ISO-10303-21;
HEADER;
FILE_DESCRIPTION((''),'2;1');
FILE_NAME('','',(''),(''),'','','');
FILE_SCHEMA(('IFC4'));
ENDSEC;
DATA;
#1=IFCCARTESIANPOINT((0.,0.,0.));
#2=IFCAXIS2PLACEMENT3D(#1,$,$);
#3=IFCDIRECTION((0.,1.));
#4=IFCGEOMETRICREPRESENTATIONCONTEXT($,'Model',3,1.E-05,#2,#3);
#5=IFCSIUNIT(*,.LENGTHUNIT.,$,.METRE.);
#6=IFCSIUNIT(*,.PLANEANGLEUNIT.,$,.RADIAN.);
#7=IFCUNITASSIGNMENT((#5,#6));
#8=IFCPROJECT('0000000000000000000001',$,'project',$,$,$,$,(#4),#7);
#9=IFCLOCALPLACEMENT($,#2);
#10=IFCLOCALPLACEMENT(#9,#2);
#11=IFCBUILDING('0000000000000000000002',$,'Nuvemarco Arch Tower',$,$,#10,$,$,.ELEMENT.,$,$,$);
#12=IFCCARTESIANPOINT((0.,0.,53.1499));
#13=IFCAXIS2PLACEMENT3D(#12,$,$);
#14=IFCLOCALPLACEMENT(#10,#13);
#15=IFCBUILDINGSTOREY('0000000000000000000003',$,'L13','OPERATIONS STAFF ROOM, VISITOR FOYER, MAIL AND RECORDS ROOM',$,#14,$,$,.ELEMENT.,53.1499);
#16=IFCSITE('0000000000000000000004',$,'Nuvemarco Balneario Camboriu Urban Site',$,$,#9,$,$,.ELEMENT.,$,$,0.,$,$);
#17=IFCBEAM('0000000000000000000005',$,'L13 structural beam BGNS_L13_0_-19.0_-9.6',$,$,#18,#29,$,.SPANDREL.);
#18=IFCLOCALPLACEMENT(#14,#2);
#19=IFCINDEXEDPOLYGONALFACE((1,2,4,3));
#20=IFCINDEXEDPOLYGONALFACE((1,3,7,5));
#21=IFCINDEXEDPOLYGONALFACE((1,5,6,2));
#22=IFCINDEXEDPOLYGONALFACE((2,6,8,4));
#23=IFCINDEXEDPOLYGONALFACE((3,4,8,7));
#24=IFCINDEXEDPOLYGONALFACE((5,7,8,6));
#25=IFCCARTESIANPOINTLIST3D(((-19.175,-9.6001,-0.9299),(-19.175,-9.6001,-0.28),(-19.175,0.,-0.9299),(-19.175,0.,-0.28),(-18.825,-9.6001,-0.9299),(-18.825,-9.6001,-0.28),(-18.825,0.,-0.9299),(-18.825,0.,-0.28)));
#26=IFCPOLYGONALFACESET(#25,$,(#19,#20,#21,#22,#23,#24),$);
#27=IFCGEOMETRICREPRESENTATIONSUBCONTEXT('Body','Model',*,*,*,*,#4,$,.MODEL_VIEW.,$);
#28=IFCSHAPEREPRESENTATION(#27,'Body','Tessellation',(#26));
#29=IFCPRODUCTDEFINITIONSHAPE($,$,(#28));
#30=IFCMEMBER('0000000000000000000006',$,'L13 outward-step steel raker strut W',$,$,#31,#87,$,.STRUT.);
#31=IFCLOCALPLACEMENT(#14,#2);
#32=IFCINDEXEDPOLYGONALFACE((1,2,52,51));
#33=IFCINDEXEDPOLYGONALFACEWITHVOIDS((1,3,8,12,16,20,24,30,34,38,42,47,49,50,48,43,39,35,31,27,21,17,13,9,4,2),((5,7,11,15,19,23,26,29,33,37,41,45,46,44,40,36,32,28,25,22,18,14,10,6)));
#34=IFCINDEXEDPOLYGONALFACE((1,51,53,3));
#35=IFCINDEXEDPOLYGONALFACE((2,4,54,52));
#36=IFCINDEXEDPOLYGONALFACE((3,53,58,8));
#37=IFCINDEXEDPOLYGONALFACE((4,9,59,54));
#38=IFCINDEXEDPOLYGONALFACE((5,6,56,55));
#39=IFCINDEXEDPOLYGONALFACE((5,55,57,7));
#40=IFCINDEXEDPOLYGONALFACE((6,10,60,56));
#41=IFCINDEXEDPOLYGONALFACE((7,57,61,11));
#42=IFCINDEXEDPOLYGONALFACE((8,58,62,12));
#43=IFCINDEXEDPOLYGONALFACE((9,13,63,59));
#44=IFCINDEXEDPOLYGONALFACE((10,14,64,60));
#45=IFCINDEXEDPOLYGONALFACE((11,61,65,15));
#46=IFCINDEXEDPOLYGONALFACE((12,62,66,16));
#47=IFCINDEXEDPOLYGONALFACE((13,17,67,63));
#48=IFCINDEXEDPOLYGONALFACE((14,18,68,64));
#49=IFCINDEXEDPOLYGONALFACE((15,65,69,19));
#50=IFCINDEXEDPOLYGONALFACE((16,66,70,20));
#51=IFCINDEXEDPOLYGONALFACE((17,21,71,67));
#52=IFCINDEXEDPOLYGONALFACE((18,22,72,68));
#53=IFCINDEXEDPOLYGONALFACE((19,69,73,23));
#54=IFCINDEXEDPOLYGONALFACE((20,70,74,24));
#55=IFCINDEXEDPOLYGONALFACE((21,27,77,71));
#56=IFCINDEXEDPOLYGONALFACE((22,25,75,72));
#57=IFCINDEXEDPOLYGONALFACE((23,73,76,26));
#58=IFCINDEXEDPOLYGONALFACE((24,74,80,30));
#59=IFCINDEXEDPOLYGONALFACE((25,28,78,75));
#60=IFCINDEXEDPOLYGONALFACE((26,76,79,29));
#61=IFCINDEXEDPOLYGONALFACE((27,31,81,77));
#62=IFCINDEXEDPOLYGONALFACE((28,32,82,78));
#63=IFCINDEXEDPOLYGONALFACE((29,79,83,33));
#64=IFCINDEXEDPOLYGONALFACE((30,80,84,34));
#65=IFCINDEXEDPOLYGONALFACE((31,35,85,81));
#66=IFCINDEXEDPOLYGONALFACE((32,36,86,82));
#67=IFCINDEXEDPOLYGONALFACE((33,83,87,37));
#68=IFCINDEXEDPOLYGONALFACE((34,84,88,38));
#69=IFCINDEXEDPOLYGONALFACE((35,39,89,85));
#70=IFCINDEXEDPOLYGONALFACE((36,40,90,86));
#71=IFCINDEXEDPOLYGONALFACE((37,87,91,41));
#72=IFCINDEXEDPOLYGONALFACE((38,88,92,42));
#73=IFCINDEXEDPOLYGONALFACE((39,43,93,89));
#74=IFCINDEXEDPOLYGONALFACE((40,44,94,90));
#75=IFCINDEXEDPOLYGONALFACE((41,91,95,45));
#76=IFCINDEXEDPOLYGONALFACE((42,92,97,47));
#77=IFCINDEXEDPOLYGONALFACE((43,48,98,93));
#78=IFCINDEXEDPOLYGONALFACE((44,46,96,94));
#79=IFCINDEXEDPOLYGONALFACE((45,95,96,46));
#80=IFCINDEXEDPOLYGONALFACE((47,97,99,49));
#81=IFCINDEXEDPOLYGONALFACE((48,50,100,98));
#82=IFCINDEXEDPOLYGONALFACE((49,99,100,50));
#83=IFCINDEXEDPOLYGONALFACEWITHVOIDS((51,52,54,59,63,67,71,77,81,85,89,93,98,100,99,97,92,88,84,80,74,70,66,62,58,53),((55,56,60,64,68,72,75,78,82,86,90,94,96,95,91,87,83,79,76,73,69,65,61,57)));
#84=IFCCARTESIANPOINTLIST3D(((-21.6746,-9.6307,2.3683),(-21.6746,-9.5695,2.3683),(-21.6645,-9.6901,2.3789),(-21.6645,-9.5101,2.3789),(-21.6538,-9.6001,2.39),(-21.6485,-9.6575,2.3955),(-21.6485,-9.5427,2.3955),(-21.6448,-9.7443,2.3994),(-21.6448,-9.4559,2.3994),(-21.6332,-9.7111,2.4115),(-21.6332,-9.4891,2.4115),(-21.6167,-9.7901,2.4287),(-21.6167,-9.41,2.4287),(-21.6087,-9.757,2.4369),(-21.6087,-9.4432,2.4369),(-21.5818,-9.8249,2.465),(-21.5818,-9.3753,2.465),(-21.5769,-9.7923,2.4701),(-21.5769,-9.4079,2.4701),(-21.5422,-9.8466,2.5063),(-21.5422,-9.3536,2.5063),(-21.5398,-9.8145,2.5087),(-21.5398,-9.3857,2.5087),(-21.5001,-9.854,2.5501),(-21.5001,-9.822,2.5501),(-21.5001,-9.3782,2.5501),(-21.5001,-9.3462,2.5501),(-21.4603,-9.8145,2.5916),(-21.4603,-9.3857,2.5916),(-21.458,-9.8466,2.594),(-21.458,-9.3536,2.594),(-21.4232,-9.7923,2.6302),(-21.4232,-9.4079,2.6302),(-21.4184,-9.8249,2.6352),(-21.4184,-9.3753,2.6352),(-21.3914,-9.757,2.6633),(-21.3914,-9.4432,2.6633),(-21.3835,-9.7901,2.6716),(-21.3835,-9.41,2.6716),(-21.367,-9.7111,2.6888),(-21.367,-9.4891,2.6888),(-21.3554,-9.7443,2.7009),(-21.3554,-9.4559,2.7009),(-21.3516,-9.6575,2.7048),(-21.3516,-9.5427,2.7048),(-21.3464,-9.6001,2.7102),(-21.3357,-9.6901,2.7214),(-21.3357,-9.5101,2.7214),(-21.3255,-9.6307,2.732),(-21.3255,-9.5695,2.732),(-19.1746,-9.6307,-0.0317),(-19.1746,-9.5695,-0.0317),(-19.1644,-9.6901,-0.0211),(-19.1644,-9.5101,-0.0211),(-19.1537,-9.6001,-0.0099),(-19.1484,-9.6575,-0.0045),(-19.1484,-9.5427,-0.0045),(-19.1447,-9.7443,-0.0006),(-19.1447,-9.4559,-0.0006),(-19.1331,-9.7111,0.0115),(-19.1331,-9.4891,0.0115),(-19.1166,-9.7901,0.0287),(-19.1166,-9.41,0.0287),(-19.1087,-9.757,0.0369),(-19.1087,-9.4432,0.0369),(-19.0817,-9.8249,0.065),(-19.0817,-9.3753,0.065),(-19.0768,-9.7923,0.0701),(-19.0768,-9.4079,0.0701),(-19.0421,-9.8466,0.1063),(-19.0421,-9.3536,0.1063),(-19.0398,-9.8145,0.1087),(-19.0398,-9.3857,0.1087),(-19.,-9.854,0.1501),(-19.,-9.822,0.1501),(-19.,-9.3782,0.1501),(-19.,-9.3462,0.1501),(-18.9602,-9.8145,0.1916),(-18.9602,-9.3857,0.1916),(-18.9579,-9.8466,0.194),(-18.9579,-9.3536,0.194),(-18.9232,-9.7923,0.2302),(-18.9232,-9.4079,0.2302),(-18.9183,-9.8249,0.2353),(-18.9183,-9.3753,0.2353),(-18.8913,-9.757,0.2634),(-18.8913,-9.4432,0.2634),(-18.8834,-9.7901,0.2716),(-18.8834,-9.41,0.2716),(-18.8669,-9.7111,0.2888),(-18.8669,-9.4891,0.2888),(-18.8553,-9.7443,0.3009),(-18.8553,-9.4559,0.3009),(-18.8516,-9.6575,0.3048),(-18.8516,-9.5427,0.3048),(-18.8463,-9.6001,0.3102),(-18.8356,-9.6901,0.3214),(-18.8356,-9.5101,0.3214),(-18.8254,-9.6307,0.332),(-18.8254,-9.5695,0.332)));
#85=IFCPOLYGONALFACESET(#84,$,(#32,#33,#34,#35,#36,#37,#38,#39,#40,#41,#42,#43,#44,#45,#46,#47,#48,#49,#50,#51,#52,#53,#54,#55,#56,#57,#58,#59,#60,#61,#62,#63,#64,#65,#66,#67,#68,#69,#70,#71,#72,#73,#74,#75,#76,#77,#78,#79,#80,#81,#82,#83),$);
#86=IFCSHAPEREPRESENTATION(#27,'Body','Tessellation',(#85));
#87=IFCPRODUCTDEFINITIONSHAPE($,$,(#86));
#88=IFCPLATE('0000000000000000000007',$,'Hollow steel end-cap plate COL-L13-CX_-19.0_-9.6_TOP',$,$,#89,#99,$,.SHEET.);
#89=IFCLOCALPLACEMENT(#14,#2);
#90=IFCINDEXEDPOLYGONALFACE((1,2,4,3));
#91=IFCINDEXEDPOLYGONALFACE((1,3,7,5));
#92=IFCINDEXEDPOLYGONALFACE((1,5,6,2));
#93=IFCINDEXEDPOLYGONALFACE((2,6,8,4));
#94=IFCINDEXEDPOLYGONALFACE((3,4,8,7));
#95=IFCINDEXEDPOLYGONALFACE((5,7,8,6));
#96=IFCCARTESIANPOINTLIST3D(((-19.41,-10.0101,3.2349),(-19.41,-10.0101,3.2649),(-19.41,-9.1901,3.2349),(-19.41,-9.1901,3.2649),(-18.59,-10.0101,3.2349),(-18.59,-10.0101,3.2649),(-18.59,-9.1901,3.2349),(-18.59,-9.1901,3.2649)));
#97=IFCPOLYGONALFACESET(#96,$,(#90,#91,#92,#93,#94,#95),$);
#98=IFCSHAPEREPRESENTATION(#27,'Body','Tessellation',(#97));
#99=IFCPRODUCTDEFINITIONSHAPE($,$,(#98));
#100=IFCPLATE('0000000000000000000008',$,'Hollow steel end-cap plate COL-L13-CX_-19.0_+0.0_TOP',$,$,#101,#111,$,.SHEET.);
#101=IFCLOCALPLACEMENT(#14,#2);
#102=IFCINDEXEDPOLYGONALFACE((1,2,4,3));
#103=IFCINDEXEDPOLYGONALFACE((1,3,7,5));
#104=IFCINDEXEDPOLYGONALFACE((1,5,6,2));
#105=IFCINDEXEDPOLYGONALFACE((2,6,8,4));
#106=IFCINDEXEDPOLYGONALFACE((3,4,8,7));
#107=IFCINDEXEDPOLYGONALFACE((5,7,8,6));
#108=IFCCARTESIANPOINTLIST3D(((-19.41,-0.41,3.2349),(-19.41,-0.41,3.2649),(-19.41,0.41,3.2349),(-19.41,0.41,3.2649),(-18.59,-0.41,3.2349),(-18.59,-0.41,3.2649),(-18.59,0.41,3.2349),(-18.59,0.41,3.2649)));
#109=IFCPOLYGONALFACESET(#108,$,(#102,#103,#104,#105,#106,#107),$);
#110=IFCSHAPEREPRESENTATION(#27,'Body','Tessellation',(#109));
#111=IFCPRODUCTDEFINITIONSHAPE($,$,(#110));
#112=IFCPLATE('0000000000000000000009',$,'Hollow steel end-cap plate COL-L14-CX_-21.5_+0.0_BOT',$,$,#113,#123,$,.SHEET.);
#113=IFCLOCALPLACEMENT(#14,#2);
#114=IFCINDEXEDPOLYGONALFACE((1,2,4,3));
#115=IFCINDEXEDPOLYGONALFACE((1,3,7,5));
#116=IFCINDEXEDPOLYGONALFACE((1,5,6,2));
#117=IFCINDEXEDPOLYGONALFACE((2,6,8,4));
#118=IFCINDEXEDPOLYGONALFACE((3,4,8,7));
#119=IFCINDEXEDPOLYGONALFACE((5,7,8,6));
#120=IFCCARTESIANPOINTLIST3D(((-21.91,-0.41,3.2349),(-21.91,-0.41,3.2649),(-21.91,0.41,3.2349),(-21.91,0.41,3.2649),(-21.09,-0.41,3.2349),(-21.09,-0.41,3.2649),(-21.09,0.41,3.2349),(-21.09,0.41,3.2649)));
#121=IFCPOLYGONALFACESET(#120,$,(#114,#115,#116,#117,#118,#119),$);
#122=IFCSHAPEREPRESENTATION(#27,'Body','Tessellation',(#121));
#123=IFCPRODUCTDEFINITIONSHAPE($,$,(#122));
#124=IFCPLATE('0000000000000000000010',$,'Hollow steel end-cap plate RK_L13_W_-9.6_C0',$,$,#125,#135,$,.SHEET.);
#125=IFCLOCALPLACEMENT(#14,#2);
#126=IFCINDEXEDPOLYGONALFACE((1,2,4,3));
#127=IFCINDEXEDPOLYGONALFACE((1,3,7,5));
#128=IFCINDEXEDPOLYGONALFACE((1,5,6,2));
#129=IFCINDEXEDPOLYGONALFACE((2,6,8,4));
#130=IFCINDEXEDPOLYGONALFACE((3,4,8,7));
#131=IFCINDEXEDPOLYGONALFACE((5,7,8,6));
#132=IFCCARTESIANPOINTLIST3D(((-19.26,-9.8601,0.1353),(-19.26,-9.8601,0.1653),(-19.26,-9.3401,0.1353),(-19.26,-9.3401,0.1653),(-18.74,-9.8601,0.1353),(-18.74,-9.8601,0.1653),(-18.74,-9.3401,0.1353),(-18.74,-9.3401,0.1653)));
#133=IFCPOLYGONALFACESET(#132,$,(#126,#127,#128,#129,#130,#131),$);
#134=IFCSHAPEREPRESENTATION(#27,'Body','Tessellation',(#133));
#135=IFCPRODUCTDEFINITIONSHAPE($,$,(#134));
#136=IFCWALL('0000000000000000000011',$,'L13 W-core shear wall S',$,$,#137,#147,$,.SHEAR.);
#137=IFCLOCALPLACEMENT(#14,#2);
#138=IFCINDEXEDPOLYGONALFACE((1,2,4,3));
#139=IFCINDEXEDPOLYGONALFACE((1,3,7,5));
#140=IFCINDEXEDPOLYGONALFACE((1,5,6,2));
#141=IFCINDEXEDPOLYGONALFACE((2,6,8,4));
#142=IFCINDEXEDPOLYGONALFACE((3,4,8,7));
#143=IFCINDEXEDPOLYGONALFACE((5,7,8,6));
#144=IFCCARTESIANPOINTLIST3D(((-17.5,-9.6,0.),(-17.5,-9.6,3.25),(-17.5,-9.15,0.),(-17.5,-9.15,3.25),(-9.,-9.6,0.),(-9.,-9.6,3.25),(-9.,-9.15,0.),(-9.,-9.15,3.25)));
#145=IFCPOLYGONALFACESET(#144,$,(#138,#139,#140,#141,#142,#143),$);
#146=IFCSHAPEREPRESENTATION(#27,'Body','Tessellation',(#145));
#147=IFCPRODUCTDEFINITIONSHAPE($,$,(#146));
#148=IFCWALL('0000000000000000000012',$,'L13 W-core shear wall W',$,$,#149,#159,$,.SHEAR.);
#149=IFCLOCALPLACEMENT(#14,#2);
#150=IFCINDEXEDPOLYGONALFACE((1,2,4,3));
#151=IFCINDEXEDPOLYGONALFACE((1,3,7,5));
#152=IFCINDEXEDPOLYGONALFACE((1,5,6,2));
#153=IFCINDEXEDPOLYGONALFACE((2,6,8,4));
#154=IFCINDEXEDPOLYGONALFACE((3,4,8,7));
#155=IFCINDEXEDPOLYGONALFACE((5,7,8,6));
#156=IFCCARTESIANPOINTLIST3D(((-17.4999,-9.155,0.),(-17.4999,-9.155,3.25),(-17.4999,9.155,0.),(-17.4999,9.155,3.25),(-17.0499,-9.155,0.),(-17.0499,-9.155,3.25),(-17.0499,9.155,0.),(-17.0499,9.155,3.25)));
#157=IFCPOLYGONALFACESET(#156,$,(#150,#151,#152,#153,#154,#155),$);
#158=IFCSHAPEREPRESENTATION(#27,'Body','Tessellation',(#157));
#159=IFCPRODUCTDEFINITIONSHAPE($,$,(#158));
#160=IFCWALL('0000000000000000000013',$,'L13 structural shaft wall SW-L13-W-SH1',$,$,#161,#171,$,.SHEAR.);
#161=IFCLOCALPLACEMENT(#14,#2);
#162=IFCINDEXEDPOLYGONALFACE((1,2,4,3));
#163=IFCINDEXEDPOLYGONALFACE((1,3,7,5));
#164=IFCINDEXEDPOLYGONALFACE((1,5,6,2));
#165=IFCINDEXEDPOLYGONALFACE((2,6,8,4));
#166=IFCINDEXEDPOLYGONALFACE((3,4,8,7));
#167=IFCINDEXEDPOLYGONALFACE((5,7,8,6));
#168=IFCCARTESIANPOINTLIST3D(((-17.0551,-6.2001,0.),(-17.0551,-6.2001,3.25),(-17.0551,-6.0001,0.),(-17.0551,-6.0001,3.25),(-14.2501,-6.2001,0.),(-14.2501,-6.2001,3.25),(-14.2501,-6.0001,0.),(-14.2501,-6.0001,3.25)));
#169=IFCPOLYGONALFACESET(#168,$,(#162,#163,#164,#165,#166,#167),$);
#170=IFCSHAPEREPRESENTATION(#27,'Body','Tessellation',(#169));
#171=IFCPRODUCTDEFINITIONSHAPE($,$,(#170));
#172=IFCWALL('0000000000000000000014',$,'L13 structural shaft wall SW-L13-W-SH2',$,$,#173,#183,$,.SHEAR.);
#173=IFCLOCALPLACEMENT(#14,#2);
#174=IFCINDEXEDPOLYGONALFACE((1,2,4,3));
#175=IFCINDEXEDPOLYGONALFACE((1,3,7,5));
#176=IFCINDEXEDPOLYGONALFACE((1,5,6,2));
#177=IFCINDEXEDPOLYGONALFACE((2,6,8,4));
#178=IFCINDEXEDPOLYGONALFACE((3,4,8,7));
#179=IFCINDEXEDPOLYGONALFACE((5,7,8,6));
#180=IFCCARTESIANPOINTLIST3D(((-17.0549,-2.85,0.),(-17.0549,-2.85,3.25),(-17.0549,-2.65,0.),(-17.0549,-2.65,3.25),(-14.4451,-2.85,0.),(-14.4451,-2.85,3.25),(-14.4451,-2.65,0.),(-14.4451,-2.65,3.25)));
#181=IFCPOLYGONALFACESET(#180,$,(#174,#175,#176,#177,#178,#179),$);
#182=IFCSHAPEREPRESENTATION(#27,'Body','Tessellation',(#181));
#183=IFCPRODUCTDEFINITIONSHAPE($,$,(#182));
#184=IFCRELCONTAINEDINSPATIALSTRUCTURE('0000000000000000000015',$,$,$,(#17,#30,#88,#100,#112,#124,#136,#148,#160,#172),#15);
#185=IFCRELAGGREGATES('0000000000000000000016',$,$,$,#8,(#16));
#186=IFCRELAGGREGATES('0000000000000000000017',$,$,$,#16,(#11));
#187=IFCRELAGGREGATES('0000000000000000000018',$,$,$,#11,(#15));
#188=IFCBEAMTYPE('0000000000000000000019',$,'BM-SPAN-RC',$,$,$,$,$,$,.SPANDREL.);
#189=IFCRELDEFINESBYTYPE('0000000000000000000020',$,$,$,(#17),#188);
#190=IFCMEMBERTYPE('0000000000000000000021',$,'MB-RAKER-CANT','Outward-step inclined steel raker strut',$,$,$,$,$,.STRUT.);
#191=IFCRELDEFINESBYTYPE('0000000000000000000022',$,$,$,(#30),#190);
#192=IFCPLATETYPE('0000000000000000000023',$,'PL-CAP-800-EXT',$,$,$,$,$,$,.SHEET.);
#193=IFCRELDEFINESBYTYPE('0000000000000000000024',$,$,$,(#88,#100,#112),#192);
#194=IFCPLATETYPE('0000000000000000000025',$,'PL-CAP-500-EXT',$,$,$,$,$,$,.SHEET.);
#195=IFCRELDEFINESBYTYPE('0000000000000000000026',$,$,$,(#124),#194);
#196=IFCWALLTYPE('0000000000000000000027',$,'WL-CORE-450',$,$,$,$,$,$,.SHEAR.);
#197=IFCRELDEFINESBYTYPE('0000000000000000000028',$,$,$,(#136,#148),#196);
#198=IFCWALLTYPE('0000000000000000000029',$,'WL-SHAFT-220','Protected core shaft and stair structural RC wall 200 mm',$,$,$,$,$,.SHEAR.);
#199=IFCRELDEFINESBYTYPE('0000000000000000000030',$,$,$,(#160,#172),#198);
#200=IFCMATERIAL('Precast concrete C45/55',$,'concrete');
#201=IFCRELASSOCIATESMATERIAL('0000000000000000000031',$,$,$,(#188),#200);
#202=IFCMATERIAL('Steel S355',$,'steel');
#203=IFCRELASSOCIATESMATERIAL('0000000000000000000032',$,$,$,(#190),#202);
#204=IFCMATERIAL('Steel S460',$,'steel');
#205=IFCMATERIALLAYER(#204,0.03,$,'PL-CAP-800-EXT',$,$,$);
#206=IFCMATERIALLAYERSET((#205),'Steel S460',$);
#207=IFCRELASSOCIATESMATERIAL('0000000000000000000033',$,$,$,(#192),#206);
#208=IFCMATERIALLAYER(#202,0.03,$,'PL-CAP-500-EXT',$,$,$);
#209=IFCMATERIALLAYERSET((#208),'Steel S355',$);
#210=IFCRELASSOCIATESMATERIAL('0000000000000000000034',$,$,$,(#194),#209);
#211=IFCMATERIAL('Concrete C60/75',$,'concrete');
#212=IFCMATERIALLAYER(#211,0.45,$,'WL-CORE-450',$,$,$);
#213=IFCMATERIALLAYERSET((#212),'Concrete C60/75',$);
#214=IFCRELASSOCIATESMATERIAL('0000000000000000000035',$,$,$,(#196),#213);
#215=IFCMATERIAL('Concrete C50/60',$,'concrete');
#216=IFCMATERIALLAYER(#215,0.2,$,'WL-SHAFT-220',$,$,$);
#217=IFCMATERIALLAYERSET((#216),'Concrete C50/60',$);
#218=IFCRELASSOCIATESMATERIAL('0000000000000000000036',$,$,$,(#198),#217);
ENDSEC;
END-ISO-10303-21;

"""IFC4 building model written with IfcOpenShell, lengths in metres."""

from ifc_helpers import new_model, si_unit, direction, frame, frame_2d, origin, origin_2d, place, context, subcontext, project, spatial, rectangle, hollow_circle, extrude, source, transform, mapped, material, layer, layer_set, material_profile, profile_set, type_object, type_shapes, element, save


model = new_model("IFC4")

# Units and contexts
model_context = context("Model", 3, precision=1e-05, world=origin(), true_north=direction((0.0, 1.0)))
body_context = subcontext(model_context, "Body", "Model", "MODEL_VIEW")
ifc_project = project(units=[si_unit("LENGTHUNIT", "METRE"), si_unit("PLANEANGLEUNIT", "RADIAN")], contexts=[model_context])

# Site, building, storey
site_placement = place(None, origin())
site = spatial("IfcSite", under=ifc_project, at=site_placement, Name="Nuvemarco Balneario Camboriu Urban Site", CompositionType="ELEMENT", RefElevation=0.0)
building_placement = place(site_placement, origin())
building = spatial("IfcBuilding", under=site, at=building_placement, Name="Nuvemarco Arch Tower", CompositionType="ELEMENT")
storey_placement = place(building_placement, frame((0.0, 0.0, 53.1499)))
storey = spatial("IfcBuildingStorey", under=building, at=storey_placement, Name="L13", Description="OPERATIONS STAFF ROOM, VISITOR FOYER, MAIL AND RECORDS ROOM", CompositionType="ELEMENT", Elevation=53.1499)

# Shared definitions
ifc_material_1 = material(Name="Concrete C60/75", Category="concrete")
ifc_material_2 = material(Name="Steel S460", Category="steel")

# Beam
ifc_material_3 = material(Name="Steel S355", Category="steel")
ifc_material_4 = material(Name="Precast concrete C45/55", Category="concrete")
ifc_material_profile_1 = material_profile(ifc_material_4, rectangle(XDim=0.3501, YDim=0.6499, at=origin_2d()), Name="PC-SP-350x650")
ifc_profile_set_1 = profile_set([ifc_material_profile_1], Name="Precast concrete C45/55")
beam_type_1 = type_object("IfcBeamType", Name="BM-SPAN-RC", PredefinedType="SPANDREL", material=ifc_profile_set_1)
beam_1_placement = place(storey_placement, frame((-19.0, -9.6001, -0.605), z_axis=(0.0, 1.0, 0.0), x_axis=(-1.0, 0.0, 0.0)))
element("IfcBeam", 1, at=beam_1_placement, inside=storey, type_object=beam_type_1, Name="L13 structural beam BGNS_L13_0_-19.0_-9.6", PredefinedType="SPANDREL", context=body_context, shape_type="SweptSolid", body=[
    extrude(rectangle(XDim=0.3501, YDim=0.6499, at=origin_2d()), origin(), (0.0, 0.0, 1.0), 9.6001),
])

# Member
ifc_material_profile_2 = material_profile(ifc_material_3, hollow_circle(Radius=0.2539, WallThickness=0.032, at=origin_2d()), Name="CHS508x32")
ifc_profile_set_2 = profile_set([ifc_material_profile_2], Name="Steel S355")
member_type = type_object("IfcMemberType", Name="MB-RAKER-CANT", Description="Outward-step inclined steel raker strut", PredefinedType="STRUT", material=ifc_profile_set_2)
member_placement = place(storey_placement, frame((-19.0, -9.6001, 0.1501), z_axis=(-0.721401, 0.0, 0.692517), x_axis=(0.0, -1.0, 0.0)))
element("IfcMember", 2, at=member_placement, inside=storey, type_object=member_type, Name="L13 outward-step steel raker strut W", PredefinedType="STRUT", context=body_context, shape_type="SweptSolid", body=[
    extrude(hollow_circle(Radius=0.2539, WallThickness=0.032, at=origin_2d()), origin(), (0.0, 0.0, 1.0), 3.4656),
])

# Plates
ifc_layer_1 = layer(ifc_material_2, 0.03, Name="PL-CAP-800-EXT")
ifc_layer_set_1 = layer_set([ifc_layer_1], Name="Steel S460")
plate_type_1 = type_object("IfcPlateType", Name="PL-CAP-800-EXT", PredefinedType="SHEET", material=ifc_layer_set_1)
shared_shape_1 = source(origin(), body_context, "Body", "SweptSolid", [
    extrude(rectangle(XDim=0.8201, YDim=0.8201, at=origin_2d()), origin(), (0.0, 0.0, 1.0), 0.03),
])
type_shapes(plate_type_1, [shared_shape_1])
for number, where, z_axis, x_axis, name in (
    (3, (-19.0, -9.6001, 3.2349), (0.0, 0.0, 1.0), (1.0, 0.0, 0.0), "Hollow steel end-cap plate COL-L13-CX_-19.0_-9.6_TOP"),
    (4, (-19.0, 0.0, 3.2349), (0.0, 0.0, 1.0), (1.0, 0.0, 0.0), "Hollow steel end-cap plate COL-L13-CX_-19.0_+0.0_TOP"),
    (5, (-21.5, 0.0, 3.2349), (0.0, 0.0, 1.0), (1.0, 0.0, 0.0), "Hollow steel end-cap plate COL-L14-CX_-21.5_+0.0_BOT"),
):
    element("IfcPlate", number, at=place(storey_placement, frame(where, z_axis=z_axis, x_axis=x_axis)), inside=storey, type_object=plate_type_1, Name=name, PredefinedType="SHEET", context=body_context, shape_type="MappedRepresentation", body=[
        mapped(shared_shape_1, transform((0.0, 0.0, 0.0), scale=1.0)),
    ])
ifc_layer_2 = layer(ifc_material_3, 0.03, Name="PL-CAP-500-EXT")
ifc_layer_set_2 = layer_set([ifc_layer_2], Name="Steel S355")
plate_type_2 = type_object("IfcPlateType", Name="PL-CAP-500-EXT", PredefinedType="SHEET", material=ifc_layer_set_2)
shared_shape_2 = source(origin(), body_context, "Body", "SweptSolid", [
    extrude(rectangle(XDim=0.52, YDim=0.52, at=origin_2d()), origin(), (0.0, 0.0, 1.0), 0.03),
])
type_shapes(plate_type_2, [shared_shape_2])
plate_placement = place(storey_placement, frame((-19.0, -9.6001, 0.1353), z_axis=(0.0, 0.0, 1.0), x_axis=(1.0, 0.0, 0.0)))
element("IfcPlate", 6, at=plate_placement, inside=storey, type_object=plate_type_2, Name="Hollow steel end-cap plate RK_L13_W_-9.6_C0", PredefinedType="SHEET", context=body_context, shape_type="MappedRepresentation", body=[
    mapped(shared_shape_2, transform((0.0, 0.0, 0.0), scale=1.0)),
])

# Walls
ifc_layer_3 = layer(ifc_material_1, 0.45, Name="WL-CORE-450")
ifc_layer_set_3 = layer_set([ifc_layer_3], Name="Concrete C60/75")
wall_type_1 = type_object("IfcWallType", Name="WL-CORE-450", PredefinedType="SHEAR", material=ifc_layer_set_3)
wall_1_placement = place(storey_placement, frame((-17.5, -9.375, 0.0), z_axis=(0.0, 0.0, 1.0), x_axis=(1.0, 0.0, 0.0)))
element("IfcWall", 7, at=wall_1_placement, inside=storey, type_object=wall_type_1, Name="L13 W-core shear wall S", PredefinedType="SHEAR", context=body_context, shape_type="SweptSolid", body=[
    extrude(rectangle(XDim=8.5, YDim=0.45, at=frame_2d((4.25, 0.0))), origin(), (0.0, 0.0, 1.0), 3.25),
])
wall_2_placement = place(storey_placement, frame((-17.2749, -9.155, 0.0), z_axis=(0.0, 0.0, 1.0), x_axis=(0.0, 1.0, 0.0)))
element("IfcWall", 8, at=wall_2_placement, inside=storey, type_object=wall_type_1, Name="L13 W-core shear wall W", PredefinedType="SHEAR", context=body_context, shape_type="SweptSolid", body=[
    extrude(rectangle(XDim=18.3101, YDim=0.45, at=frame_2d((9.155, 0.0))), origin(), (0.0, 0.0, 1.0), 3.25),
])
ifc_material_5 = material(Name="Concrete C50/60", Category="concrete")
ifc_layer_4 = layer(ifc_material_5, 0.2, Name="WL-SHAFT-220")
ifc_layer_set_4 = layer_set([ifc_layer_4], Name="Concrete C50/60")
wall_type_2 = type_object("IfcWallType", Name="WL-SHAFT-220", Description="Protected core shaft and stair structural RC wall 200 mm", PredefinedType="SHEAR", material=ifc_layer_set_4)
wall_3_placement = place(storey_placement, frame((-17.0549, -6.1001, 0.0), z_axis=(0.0, 0.0, 1.0), x_axis=(1.0, 0.0, 0.0)))
element("IfcWall", 9, at=wall_3_placement, inside=storey, type_object=wall_type_2, Name="L13 structural shaft wall SW-L13-W-SH1", PredefinedType="SHEAR", context=body_context, shape_type="SweptSolid", body=[
    extrude(rectangle(XDim=2.8049, YDim=0.2, at=frame_2d((1.4023, 0.0))), origin(), (0.0, 0.0, 1.0), 3.25),
])
wall_4_placement = place(storey_placement, frame((-17.0549, -2.75, 0.0), z_axis=(0.0, 0.0, 1.0), x_axis=(1.0, 0.0, 0.0)))
element("IfcWall", 10, at=wall_4_placement, inside=storey, type_object=wall_type_2, Name="L13 structural shaft wall SW-L13-W-SH2", PredefinedType="SHEAR", context=body_context, shape_type="SweptSolid", body=[
    extrude(rectangle(XDim=2.6099, YDim=0.2, at=frame_2d((1.3049, 0.0))), origin(), (0.0, 0.0, 1.0), 3.25),
])

save(model, "model.ifc")
